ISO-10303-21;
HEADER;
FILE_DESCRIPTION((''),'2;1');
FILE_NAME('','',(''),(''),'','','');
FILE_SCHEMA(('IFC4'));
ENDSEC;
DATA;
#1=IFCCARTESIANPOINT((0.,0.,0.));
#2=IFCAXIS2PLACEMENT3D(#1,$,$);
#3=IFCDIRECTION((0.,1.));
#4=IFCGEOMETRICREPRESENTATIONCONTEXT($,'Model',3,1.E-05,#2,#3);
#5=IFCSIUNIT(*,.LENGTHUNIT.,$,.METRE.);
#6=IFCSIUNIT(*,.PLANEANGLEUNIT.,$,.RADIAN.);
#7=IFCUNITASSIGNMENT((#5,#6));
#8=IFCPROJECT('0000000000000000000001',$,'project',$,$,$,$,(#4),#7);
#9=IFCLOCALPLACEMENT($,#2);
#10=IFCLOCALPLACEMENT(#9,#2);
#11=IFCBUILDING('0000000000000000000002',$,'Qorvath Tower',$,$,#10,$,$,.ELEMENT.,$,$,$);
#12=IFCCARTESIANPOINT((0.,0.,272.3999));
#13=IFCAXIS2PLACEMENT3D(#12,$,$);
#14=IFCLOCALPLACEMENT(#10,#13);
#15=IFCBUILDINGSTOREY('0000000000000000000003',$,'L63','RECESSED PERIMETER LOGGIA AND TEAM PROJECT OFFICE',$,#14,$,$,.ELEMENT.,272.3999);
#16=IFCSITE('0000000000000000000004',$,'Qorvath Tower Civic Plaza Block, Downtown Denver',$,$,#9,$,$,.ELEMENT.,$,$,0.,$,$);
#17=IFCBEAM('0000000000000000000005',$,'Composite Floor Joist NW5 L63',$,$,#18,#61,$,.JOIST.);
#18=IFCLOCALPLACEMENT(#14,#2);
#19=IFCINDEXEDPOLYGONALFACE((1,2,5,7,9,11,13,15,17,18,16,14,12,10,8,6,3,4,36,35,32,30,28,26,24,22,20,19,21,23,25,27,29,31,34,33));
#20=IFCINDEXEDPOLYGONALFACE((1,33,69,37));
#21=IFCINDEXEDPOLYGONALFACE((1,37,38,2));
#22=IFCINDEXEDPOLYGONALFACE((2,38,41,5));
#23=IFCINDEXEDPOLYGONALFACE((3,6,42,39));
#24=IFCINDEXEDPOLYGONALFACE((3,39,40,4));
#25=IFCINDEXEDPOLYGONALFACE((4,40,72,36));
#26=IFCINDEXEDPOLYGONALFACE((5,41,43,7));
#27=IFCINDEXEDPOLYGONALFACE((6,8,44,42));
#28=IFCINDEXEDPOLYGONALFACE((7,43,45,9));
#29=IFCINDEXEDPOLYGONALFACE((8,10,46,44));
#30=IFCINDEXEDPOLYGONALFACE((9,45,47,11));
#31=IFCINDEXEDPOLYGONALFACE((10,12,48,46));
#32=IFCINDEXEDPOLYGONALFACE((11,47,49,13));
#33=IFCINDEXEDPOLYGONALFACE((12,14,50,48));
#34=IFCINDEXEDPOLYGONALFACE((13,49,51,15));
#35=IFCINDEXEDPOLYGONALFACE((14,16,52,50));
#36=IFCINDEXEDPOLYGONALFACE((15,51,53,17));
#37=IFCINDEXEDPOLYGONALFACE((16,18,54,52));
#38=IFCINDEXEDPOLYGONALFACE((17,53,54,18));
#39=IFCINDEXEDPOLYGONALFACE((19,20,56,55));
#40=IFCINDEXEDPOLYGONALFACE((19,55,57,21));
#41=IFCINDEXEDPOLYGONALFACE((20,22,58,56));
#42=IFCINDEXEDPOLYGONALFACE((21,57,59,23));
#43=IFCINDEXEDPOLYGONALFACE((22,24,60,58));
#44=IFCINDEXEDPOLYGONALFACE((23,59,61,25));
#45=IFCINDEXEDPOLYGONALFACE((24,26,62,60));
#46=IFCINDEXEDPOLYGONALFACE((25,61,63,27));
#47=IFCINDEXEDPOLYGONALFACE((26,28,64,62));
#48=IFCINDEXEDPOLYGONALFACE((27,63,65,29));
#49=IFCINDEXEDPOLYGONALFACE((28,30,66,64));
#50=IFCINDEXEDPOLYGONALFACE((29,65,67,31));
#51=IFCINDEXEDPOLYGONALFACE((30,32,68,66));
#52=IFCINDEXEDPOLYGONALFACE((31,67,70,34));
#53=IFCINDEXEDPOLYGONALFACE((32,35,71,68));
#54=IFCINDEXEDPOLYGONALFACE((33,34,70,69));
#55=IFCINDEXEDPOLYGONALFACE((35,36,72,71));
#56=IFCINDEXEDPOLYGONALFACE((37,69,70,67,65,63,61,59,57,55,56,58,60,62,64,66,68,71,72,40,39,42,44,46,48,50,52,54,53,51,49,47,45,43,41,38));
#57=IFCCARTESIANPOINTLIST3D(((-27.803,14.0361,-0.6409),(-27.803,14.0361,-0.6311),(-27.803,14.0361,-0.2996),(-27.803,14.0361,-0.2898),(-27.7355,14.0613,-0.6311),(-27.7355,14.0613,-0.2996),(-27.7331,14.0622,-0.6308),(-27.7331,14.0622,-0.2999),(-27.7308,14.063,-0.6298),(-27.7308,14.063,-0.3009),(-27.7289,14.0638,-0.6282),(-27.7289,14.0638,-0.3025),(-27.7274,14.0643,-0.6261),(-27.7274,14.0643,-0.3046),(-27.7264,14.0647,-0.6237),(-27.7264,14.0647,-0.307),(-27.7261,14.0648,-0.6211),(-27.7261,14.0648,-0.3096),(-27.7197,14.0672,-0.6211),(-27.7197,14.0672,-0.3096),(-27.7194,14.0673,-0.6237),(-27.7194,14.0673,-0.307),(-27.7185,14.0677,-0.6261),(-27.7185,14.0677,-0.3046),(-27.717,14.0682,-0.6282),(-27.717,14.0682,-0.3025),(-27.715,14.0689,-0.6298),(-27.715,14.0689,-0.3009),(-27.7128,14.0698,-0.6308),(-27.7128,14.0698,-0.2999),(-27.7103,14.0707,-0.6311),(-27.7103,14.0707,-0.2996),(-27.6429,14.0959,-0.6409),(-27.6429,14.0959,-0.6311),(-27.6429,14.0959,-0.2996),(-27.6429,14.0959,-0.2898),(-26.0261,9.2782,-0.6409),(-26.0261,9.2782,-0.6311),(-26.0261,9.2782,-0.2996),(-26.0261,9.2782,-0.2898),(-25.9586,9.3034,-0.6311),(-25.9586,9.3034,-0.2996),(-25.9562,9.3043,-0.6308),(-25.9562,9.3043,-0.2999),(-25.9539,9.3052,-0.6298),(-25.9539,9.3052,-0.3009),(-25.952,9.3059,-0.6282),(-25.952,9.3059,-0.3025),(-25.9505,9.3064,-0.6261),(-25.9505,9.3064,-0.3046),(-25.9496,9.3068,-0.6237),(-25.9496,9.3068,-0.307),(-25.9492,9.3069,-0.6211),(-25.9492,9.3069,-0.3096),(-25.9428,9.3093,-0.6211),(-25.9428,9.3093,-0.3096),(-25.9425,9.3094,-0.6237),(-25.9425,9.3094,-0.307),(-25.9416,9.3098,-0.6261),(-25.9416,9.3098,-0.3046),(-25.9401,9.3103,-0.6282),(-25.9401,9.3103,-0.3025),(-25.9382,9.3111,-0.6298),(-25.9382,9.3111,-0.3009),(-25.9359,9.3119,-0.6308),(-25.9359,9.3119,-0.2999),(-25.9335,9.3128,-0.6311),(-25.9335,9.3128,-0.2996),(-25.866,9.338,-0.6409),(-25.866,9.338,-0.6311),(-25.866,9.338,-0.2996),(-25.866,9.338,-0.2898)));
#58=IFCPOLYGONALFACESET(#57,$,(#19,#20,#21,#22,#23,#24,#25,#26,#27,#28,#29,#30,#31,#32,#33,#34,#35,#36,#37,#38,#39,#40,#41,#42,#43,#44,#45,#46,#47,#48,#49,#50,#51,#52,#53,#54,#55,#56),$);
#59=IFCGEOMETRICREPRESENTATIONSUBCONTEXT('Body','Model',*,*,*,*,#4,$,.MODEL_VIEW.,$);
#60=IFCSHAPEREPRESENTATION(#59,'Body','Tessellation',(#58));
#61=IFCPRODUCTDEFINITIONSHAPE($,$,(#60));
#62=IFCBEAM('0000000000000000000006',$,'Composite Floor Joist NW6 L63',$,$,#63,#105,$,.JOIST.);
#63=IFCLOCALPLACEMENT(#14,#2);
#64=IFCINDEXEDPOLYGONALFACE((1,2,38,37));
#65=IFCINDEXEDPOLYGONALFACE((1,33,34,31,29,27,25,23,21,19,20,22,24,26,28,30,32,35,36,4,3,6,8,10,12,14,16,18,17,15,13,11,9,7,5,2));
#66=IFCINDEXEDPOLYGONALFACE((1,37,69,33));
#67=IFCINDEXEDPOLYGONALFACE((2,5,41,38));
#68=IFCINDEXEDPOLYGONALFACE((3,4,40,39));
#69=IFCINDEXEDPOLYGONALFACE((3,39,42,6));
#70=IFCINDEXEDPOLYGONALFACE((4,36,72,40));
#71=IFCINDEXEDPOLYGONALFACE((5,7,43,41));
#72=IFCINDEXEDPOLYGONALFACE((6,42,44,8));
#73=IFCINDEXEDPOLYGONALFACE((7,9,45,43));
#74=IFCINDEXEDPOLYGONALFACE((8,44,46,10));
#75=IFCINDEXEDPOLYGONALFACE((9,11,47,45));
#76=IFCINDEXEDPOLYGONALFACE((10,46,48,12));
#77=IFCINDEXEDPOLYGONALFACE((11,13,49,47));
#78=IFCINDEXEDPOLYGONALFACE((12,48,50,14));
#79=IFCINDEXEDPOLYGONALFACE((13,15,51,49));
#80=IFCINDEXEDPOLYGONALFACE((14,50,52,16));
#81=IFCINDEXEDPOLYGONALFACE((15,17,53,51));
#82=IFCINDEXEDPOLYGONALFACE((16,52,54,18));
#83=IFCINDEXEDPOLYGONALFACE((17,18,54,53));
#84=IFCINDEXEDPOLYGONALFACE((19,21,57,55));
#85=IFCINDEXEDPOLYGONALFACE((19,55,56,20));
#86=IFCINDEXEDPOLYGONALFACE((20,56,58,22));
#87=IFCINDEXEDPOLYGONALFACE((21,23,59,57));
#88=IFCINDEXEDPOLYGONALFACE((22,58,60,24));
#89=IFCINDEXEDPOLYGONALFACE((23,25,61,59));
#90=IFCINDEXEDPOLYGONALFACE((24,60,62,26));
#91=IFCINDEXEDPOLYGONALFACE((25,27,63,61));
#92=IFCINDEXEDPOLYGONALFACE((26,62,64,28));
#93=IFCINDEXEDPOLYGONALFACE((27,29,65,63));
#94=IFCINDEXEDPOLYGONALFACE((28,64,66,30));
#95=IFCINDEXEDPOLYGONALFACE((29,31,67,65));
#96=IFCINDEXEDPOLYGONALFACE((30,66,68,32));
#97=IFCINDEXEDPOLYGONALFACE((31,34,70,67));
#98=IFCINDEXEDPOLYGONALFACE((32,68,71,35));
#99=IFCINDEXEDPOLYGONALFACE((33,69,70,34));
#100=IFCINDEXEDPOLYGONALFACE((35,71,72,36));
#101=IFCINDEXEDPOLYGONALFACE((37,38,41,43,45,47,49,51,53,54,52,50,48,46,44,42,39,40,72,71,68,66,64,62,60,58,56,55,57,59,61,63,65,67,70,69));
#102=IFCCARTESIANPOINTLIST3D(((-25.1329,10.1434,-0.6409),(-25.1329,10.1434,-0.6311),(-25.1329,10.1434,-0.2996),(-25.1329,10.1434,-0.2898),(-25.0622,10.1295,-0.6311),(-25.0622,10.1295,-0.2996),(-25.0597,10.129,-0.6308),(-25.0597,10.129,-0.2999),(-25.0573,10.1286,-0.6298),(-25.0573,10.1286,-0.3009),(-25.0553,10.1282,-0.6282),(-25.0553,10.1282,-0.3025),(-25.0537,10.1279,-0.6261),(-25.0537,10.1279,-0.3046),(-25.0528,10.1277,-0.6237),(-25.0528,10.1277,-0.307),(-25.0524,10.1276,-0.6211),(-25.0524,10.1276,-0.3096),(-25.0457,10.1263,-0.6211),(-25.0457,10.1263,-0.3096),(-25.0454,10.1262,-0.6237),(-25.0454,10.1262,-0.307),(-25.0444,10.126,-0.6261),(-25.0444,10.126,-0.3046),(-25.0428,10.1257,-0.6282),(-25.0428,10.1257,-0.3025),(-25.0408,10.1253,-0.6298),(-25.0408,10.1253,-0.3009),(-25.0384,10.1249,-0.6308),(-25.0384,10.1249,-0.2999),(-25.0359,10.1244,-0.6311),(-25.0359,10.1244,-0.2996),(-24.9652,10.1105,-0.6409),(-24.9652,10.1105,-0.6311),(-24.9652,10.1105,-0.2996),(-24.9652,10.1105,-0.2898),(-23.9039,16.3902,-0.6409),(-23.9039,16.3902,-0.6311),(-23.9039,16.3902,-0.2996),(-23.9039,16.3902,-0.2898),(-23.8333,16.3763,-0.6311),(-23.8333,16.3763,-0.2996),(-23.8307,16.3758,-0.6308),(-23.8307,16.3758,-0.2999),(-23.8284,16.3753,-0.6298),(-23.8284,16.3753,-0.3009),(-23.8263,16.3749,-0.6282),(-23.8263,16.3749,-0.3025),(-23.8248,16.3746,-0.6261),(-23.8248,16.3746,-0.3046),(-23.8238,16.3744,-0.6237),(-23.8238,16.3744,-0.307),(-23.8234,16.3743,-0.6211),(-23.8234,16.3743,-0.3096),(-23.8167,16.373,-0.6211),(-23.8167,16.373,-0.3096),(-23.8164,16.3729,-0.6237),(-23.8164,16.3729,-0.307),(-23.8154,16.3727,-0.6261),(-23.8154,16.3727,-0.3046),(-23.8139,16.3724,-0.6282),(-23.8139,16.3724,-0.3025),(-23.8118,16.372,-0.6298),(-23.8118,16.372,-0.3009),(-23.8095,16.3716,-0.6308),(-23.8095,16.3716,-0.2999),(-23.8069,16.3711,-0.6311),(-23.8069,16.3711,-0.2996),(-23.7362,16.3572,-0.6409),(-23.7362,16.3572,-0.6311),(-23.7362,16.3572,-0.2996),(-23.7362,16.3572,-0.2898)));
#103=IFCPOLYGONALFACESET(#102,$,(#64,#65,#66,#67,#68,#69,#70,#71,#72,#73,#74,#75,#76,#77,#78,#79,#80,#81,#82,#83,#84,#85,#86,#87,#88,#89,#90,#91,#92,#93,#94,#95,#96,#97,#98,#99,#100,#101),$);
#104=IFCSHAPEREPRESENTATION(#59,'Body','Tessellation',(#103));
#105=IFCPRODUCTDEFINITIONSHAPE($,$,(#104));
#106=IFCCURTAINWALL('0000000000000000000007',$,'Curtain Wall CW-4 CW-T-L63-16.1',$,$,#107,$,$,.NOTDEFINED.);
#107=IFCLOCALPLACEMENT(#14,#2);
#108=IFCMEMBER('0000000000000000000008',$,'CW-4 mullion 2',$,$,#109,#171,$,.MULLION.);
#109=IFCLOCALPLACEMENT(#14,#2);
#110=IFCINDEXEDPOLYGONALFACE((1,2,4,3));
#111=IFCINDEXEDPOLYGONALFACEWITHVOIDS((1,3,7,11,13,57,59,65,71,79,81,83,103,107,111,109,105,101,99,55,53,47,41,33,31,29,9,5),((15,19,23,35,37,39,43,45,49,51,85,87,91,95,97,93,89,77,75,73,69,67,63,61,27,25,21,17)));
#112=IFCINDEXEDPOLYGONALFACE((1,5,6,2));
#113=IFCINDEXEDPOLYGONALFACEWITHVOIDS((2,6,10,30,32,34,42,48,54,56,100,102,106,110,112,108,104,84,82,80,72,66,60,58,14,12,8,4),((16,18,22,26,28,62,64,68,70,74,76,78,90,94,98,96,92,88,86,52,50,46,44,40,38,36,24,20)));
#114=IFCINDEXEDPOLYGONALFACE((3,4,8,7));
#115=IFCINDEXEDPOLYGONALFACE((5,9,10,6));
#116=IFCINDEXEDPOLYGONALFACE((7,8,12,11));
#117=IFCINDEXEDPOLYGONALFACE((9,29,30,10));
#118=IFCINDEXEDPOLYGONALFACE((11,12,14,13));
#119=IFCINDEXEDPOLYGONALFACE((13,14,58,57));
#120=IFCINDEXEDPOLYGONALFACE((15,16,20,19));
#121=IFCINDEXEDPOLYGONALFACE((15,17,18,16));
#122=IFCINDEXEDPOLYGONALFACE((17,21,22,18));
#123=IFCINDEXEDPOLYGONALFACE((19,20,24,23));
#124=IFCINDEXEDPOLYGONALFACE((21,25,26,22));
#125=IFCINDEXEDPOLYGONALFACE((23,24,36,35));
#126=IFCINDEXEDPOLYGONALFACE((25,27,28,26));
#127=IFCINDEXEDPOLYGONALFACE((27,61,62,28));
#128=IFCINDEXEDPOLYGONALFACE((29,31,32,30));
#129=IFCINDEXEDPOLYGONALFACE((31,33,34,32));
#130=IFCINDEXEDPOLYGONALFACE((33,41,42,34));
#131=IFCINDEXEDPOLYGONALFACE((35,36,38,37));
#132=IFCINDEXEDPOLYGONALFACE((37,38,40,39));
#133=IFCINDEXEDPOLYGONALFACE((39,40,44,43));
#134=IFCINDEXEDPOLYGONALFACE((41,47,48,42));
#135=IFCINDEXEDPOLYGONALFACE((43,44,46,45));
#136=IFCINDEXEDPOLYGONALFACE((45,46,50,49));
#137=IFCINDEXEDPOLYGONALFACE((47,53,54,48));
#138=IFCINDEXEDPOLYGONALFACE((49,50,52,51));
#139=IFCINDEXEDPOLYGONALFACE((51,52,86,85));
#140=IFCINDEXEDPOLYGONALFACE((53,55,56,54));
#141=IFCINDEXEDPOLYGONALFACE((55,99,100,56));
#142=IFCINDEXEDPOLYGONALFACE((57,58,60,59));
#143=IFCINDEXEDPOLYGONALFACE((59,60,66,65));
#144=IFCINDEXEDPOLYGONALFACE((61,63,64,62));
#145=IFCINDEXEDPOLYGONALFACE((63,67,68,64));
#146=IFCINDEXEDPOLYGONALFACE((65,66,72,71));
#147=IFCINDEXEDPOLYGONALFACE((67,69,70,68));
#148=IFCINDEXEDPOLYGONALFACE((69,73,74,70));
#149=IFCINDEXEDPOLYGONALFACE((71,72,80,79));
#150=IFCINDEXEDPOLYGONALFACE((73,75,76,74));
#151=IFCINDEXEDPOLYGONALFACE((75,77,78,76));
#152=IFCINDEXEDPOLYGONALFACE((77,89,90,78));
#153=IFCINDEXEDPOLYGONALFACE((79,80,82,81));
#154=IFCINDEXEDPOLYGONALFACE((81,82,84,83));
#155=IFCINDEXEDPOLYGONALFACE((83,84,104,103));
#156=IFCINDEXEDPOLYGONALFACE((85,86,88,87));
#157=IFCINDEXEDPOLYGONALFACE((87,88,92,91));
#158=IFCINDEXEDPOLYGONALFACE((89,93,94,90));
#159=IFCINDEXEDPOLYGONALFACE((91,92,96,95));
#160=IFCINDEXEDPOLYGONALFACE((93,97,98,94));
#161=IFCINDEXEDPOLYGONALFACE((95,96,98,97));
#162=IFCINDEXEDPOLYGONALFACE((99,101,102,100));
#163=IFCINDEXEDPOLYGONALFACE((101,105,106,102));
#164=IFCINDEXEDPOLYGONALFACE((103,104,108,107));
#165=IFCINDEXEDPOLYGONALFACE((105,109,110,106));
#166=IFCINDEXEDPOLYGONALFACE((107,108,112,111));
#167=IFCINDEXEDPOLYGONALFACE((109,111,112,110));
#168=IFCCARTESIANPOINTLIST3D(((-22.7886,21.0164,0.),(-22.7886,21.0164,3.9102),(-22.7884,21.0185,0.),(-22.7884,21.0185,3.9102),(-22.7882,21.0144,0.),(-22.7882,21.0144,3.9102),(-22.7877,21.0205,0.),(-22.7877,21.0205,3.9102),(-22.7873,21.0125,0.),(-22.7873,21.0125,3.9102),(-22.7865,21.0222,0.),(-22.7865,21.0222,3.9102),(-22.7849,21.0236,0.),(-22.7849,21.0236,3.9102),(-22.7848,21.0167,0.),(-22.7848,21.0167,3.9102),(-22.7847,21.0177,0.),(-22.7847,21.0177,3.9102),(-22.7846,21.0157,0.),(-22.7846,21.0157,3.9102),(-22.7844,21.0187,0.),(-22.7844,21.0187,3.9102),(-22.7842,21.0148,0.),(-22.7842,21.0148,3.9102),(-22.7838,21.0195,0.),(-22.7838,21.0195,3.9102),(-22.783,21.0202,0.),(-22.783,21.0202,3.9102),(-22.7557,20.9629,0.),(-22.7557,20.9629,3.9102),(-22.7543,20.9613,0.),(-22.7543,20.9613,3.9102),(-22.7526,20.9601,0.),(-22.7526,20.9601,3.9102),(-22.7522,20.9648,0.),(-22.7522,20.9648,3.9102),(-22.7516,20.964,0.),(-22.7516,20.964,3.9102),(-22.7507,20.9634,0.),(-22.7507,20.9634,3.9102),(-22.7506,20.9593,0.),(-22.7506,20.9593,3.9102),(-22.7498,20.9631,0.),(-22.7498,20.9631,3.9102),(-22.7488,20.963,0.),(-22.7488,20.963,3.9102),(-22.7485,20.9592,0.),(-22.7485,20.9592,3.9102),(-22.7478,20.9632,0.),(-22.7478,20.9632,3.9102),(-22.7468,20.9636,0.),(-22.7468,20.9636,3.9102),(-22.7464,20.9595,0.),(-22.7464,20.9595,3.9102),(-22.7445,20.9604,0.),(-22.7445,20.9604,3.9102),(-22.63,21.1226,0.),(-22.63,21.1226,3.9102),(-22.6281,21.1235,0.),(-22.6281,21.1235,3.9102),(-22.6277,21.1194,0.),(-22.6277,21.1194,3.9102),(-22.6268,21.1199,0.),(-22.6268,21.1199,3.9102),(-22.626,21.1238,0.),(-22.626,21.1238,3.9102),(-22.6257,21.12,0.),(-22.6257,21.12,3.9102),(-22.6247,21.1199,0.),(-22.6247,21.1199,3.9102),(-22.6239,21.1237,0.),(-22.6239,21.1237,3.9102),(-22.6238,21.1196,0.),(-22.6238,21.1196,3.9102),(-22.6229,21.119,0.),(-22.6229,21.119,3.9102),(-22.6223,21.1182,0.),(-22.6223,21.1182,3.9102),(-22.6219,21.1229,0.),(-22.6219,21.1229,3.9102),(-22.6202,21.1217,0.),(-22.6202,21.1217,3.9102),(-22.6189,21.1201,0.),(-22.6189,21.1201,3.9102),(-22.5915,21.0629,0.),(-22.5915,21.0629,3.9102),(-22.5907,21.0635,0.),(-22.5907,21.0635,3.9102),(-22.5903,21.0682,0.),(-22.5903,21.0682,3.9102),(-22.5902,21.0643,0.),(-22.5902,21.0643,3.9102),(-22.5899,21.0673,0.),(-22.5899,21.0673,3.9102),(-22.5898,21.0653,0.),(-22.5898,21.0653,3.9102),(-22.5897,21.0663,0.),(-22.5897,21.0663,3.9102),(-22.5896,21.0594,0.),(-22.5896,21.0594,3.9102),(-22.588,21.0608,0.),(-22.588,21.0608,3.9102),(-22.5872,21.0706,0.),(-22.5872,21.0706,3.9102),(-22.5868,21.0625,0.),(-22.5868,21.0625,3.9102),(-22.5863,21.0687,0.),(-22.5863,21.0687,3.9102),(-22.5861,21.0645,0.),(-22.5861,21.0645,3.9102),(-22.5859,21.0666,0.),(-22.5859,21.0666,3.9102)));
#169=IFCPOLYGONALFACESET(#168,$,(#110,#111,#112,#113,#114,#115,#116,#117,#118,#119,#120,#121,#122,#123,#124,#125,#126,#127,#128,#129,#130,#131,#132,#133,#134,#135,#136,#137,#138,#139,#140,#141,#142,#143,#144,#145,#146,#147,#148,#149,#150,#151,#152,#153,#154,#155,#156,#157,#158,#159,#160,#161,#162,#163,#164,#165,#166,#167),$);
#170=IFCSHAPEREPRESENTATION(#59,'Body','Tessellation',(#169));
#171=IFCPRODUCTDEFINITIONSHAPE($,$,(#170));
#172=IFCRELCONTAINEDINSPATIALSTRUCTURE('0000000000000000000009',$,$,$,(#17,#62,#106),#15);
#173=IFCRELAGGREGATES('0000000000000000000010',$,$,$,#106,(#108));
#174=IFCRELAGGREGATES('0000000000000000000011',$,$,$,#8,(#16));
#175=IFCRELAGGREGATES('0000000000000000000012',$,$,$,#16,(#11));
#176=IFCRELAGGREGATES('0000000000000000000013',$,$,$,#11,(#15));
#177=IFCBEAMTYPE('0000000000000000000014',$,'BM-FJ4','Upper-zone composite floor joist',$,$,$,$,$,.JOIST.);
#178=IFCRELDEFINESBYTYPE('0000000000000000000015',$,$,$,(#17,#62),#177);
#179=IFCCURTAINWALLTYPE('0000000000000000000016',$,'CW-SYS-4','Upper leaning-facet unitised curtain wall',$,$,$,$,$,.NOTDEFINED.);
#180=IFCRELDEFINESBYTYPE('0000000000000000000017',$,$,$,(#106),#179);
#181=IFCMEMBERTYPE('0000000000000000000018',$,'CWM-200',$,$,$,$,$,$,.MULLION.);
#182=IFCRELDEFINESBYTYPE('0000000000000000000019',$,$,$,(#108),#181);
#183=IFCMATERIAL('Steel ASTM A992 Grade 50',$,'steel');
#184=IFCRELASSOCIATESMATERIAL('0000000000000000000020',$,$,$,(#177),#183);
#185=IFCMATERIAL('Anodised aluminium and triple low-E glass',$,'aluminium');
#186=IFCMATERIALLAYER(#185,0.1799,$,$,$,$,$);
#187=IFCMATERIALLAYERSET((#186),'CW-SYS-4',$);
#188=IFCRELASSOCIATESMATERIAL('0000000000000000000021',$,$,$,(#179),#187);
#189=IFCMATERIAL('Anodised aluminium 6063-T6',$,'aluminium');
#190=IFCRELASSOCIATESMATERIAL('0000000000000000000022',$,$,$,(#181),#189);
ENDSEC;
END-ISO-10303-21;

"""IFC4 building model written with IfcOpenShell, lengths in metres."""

from ifc_helpers import new_model, si_unit, direction, frame, origin, origin_2d, place, context, subcontext, project, spatial, hollow_rectangle, i_section, extrude, material, layer, layer_set, material_profile, profile_set, type_object, element, aggregate, save


model = new_model("IFC4")

# Units and contexts
model_context = context("Model", 3, precision=1e-05, world=origin(), true_north=direction((0.0, 1.0)))
body_context = subcontext(model_context, "Body", "Model", "MODEL_VIEW")
ifc_project = project(units=[si_unit("LENGTHUNIT", "METRE"), si_unit("PLANEANGLEUNIT", "RADIAN")], contexts=[model_context])

# Site, building, storey
site_placement = place(None, origin())
site = spatial("IfcSite", under=ifc_project, at=site_placement, Name="Qorvath Tower Civic Plaza Block, Downtown Denver", CompositionType="ELEMENT", RefElevation=0.0)
building_placement = place(site_placement, origin())
building = spatial("IfcBuilding", under=site, at=building_placement, Name="Qorvath Tower", CompositionType="ELEMENT")
storey_placement = place(building_placement, frame((0.0, 0.0, 272.3999)))
storey = spatial("IfcBuildingStorey", under=building, at=storey_placement, Name="L63", Description="RECESSED PERIMETER LOGGIA AND TEAM PROJECT OFFICE", CompositionType="ELEMENT", Elevation=272.3999)

# Beams
ifc_material_1 = material(Name="Steel ASTM A992 Grade 50", Category="steel")
ifc_material_profile_1 = material_profile(ifc_material_1, i_section(OverallWidth=0.1709, OverallDepth=0.3511, WebThickness=0.0068, FlangeThickness=0.0098, FilletRadius=0.01, at=origin_2d()), Name="W14x30")
ifc_profile_set_1 = profile_set([ifc_material_profile_1], Name="Steel ASTM A992 Grade 50")
beam_type_1 = type_object("IfcBeamType", Name="BM-FJ4", Description="Upper-zone composite floor joist", PredefinedType="JOIST", material=ifc_profile_set_1)
beam_1_placement = place(storey_placement, frame((-25.946, 9.3081, -0.4653), z_axis=(-0.349859, 0.936802, 0.0), x_axis=(-0.936802, -0.349859, 0.0)))
element("IfcBeam", 1, at=beam_1_placement, inside=storey, type_object=beam_type_1, Name="Composite Floor Joist NW5 L63", PredefinedType="JOIST", context=body_context, shape_type="SweptSolid", body=[
    extrude(i_section(OverallWidth=0.1709, OverallDepth=0.3511, WebThickness=0.0068, FlangeThickness=0.0098, FilletRadius=0.01, at=origin_2d()), origin(), (0.0, 0.0, 1.0), 5.0789),
])
beam_2_placement = place(storey_placement, frame((-25.0491, 10.127, -0.4653), z_axis=(0.19304, 0.981191, 0.0), x_axis=(-0.981191, 0.19304, 0.0)))
element("IfcBeam", 2, at=beam_2_placement, inside=storey, type_object=beam_type_1, Name="Composite Floor Joist NW6 L63", PredefinedType="JOIST", context=body_context, shape_type="SweptSolid", body=[
    extrude(i_section(OverallWidth=0.1709, OverallDepth=0.3511, WebThickness=0.0068, FlangeThickness=0.0098, FilletRadius=0.01, at=origin_2d()), origin(), (0.0, 0.0, 1.0), 6.3665),
])

# Curtain wall, member
ifc_material_2 = material(Name="Anodised aluminium and triple low-E glass", Category="aluminium")
ifc_layer_1 = layer(ifc_material_2, 0.1799)
ifc_layer_set_1 = layer_set([ifc_layer_1], Name="CW-SYS-4")
curtain_wall_type = type_object("IfcCurtainWallType", Name="CW-SYS-4", Description="Upper leaning-facet unitised curtain wall", PredefinedType="NOTDEFINED", material=ifc_layer_set_1)
curtain_wall_placement = place(storey_placement, origin())
curtain_wall = element("IfcCurtainWall", 3, at=curtain_wall_placement, inside=storey, type_object=curtain_wall_type, Name="Curtain Wall CW-4 CW-T-L63-16.1", PredefinedType="NOTDEFINED")
ifc_material_3 = material(Name="Anodised aluminium 6063-T6", Category="aluminium")
ifc_material_profile_2 = material_profile(ifc_material_3, hollow_rectangle(XDim=0.075, YDim=0.2, WallThickness=0.0039, InnerFilletRadius=0.0039, OuterFilletRadius=0.0081, at=origin_2d()), Name="CWM 200x75")
ifc_profile_set_2 = profile_set([ifc_material_profile_2], Name="Anodised aluminium 6063-T6")
member_type_1 = type_object("IfcMemberType", Name="CWM-200", PredefinedType="MULLION", material=ifc_profile_set_2)
member_1_placement = place(storey_placement, frame((-22.6873, 21.0415, 0.0), z_axis=(0.0, 0.0, 1.0), x_axis=(0.538534, -0.842604, 0.0)))
member_1 = element("IfcMember", 4, at=member_1_placement, type_object=member_type_1, Name="CW-4 mullion 2", PredefinedType="MULLION", context=body_context, shape_type="SweptSolid", body=[
    extrude(hollow_rectangle(XDim=0.075, YDim=0.2, WallThickness=0.0039, InnerFilletRadius=0.0039, OuterFilletRadius=0.0081, at=origin_2d()), origin(), (0.0, 0.0, 1.0), 3.9102),
])
aggregate(curtain_wall, [member_1])

save(model, "model.ifc")
